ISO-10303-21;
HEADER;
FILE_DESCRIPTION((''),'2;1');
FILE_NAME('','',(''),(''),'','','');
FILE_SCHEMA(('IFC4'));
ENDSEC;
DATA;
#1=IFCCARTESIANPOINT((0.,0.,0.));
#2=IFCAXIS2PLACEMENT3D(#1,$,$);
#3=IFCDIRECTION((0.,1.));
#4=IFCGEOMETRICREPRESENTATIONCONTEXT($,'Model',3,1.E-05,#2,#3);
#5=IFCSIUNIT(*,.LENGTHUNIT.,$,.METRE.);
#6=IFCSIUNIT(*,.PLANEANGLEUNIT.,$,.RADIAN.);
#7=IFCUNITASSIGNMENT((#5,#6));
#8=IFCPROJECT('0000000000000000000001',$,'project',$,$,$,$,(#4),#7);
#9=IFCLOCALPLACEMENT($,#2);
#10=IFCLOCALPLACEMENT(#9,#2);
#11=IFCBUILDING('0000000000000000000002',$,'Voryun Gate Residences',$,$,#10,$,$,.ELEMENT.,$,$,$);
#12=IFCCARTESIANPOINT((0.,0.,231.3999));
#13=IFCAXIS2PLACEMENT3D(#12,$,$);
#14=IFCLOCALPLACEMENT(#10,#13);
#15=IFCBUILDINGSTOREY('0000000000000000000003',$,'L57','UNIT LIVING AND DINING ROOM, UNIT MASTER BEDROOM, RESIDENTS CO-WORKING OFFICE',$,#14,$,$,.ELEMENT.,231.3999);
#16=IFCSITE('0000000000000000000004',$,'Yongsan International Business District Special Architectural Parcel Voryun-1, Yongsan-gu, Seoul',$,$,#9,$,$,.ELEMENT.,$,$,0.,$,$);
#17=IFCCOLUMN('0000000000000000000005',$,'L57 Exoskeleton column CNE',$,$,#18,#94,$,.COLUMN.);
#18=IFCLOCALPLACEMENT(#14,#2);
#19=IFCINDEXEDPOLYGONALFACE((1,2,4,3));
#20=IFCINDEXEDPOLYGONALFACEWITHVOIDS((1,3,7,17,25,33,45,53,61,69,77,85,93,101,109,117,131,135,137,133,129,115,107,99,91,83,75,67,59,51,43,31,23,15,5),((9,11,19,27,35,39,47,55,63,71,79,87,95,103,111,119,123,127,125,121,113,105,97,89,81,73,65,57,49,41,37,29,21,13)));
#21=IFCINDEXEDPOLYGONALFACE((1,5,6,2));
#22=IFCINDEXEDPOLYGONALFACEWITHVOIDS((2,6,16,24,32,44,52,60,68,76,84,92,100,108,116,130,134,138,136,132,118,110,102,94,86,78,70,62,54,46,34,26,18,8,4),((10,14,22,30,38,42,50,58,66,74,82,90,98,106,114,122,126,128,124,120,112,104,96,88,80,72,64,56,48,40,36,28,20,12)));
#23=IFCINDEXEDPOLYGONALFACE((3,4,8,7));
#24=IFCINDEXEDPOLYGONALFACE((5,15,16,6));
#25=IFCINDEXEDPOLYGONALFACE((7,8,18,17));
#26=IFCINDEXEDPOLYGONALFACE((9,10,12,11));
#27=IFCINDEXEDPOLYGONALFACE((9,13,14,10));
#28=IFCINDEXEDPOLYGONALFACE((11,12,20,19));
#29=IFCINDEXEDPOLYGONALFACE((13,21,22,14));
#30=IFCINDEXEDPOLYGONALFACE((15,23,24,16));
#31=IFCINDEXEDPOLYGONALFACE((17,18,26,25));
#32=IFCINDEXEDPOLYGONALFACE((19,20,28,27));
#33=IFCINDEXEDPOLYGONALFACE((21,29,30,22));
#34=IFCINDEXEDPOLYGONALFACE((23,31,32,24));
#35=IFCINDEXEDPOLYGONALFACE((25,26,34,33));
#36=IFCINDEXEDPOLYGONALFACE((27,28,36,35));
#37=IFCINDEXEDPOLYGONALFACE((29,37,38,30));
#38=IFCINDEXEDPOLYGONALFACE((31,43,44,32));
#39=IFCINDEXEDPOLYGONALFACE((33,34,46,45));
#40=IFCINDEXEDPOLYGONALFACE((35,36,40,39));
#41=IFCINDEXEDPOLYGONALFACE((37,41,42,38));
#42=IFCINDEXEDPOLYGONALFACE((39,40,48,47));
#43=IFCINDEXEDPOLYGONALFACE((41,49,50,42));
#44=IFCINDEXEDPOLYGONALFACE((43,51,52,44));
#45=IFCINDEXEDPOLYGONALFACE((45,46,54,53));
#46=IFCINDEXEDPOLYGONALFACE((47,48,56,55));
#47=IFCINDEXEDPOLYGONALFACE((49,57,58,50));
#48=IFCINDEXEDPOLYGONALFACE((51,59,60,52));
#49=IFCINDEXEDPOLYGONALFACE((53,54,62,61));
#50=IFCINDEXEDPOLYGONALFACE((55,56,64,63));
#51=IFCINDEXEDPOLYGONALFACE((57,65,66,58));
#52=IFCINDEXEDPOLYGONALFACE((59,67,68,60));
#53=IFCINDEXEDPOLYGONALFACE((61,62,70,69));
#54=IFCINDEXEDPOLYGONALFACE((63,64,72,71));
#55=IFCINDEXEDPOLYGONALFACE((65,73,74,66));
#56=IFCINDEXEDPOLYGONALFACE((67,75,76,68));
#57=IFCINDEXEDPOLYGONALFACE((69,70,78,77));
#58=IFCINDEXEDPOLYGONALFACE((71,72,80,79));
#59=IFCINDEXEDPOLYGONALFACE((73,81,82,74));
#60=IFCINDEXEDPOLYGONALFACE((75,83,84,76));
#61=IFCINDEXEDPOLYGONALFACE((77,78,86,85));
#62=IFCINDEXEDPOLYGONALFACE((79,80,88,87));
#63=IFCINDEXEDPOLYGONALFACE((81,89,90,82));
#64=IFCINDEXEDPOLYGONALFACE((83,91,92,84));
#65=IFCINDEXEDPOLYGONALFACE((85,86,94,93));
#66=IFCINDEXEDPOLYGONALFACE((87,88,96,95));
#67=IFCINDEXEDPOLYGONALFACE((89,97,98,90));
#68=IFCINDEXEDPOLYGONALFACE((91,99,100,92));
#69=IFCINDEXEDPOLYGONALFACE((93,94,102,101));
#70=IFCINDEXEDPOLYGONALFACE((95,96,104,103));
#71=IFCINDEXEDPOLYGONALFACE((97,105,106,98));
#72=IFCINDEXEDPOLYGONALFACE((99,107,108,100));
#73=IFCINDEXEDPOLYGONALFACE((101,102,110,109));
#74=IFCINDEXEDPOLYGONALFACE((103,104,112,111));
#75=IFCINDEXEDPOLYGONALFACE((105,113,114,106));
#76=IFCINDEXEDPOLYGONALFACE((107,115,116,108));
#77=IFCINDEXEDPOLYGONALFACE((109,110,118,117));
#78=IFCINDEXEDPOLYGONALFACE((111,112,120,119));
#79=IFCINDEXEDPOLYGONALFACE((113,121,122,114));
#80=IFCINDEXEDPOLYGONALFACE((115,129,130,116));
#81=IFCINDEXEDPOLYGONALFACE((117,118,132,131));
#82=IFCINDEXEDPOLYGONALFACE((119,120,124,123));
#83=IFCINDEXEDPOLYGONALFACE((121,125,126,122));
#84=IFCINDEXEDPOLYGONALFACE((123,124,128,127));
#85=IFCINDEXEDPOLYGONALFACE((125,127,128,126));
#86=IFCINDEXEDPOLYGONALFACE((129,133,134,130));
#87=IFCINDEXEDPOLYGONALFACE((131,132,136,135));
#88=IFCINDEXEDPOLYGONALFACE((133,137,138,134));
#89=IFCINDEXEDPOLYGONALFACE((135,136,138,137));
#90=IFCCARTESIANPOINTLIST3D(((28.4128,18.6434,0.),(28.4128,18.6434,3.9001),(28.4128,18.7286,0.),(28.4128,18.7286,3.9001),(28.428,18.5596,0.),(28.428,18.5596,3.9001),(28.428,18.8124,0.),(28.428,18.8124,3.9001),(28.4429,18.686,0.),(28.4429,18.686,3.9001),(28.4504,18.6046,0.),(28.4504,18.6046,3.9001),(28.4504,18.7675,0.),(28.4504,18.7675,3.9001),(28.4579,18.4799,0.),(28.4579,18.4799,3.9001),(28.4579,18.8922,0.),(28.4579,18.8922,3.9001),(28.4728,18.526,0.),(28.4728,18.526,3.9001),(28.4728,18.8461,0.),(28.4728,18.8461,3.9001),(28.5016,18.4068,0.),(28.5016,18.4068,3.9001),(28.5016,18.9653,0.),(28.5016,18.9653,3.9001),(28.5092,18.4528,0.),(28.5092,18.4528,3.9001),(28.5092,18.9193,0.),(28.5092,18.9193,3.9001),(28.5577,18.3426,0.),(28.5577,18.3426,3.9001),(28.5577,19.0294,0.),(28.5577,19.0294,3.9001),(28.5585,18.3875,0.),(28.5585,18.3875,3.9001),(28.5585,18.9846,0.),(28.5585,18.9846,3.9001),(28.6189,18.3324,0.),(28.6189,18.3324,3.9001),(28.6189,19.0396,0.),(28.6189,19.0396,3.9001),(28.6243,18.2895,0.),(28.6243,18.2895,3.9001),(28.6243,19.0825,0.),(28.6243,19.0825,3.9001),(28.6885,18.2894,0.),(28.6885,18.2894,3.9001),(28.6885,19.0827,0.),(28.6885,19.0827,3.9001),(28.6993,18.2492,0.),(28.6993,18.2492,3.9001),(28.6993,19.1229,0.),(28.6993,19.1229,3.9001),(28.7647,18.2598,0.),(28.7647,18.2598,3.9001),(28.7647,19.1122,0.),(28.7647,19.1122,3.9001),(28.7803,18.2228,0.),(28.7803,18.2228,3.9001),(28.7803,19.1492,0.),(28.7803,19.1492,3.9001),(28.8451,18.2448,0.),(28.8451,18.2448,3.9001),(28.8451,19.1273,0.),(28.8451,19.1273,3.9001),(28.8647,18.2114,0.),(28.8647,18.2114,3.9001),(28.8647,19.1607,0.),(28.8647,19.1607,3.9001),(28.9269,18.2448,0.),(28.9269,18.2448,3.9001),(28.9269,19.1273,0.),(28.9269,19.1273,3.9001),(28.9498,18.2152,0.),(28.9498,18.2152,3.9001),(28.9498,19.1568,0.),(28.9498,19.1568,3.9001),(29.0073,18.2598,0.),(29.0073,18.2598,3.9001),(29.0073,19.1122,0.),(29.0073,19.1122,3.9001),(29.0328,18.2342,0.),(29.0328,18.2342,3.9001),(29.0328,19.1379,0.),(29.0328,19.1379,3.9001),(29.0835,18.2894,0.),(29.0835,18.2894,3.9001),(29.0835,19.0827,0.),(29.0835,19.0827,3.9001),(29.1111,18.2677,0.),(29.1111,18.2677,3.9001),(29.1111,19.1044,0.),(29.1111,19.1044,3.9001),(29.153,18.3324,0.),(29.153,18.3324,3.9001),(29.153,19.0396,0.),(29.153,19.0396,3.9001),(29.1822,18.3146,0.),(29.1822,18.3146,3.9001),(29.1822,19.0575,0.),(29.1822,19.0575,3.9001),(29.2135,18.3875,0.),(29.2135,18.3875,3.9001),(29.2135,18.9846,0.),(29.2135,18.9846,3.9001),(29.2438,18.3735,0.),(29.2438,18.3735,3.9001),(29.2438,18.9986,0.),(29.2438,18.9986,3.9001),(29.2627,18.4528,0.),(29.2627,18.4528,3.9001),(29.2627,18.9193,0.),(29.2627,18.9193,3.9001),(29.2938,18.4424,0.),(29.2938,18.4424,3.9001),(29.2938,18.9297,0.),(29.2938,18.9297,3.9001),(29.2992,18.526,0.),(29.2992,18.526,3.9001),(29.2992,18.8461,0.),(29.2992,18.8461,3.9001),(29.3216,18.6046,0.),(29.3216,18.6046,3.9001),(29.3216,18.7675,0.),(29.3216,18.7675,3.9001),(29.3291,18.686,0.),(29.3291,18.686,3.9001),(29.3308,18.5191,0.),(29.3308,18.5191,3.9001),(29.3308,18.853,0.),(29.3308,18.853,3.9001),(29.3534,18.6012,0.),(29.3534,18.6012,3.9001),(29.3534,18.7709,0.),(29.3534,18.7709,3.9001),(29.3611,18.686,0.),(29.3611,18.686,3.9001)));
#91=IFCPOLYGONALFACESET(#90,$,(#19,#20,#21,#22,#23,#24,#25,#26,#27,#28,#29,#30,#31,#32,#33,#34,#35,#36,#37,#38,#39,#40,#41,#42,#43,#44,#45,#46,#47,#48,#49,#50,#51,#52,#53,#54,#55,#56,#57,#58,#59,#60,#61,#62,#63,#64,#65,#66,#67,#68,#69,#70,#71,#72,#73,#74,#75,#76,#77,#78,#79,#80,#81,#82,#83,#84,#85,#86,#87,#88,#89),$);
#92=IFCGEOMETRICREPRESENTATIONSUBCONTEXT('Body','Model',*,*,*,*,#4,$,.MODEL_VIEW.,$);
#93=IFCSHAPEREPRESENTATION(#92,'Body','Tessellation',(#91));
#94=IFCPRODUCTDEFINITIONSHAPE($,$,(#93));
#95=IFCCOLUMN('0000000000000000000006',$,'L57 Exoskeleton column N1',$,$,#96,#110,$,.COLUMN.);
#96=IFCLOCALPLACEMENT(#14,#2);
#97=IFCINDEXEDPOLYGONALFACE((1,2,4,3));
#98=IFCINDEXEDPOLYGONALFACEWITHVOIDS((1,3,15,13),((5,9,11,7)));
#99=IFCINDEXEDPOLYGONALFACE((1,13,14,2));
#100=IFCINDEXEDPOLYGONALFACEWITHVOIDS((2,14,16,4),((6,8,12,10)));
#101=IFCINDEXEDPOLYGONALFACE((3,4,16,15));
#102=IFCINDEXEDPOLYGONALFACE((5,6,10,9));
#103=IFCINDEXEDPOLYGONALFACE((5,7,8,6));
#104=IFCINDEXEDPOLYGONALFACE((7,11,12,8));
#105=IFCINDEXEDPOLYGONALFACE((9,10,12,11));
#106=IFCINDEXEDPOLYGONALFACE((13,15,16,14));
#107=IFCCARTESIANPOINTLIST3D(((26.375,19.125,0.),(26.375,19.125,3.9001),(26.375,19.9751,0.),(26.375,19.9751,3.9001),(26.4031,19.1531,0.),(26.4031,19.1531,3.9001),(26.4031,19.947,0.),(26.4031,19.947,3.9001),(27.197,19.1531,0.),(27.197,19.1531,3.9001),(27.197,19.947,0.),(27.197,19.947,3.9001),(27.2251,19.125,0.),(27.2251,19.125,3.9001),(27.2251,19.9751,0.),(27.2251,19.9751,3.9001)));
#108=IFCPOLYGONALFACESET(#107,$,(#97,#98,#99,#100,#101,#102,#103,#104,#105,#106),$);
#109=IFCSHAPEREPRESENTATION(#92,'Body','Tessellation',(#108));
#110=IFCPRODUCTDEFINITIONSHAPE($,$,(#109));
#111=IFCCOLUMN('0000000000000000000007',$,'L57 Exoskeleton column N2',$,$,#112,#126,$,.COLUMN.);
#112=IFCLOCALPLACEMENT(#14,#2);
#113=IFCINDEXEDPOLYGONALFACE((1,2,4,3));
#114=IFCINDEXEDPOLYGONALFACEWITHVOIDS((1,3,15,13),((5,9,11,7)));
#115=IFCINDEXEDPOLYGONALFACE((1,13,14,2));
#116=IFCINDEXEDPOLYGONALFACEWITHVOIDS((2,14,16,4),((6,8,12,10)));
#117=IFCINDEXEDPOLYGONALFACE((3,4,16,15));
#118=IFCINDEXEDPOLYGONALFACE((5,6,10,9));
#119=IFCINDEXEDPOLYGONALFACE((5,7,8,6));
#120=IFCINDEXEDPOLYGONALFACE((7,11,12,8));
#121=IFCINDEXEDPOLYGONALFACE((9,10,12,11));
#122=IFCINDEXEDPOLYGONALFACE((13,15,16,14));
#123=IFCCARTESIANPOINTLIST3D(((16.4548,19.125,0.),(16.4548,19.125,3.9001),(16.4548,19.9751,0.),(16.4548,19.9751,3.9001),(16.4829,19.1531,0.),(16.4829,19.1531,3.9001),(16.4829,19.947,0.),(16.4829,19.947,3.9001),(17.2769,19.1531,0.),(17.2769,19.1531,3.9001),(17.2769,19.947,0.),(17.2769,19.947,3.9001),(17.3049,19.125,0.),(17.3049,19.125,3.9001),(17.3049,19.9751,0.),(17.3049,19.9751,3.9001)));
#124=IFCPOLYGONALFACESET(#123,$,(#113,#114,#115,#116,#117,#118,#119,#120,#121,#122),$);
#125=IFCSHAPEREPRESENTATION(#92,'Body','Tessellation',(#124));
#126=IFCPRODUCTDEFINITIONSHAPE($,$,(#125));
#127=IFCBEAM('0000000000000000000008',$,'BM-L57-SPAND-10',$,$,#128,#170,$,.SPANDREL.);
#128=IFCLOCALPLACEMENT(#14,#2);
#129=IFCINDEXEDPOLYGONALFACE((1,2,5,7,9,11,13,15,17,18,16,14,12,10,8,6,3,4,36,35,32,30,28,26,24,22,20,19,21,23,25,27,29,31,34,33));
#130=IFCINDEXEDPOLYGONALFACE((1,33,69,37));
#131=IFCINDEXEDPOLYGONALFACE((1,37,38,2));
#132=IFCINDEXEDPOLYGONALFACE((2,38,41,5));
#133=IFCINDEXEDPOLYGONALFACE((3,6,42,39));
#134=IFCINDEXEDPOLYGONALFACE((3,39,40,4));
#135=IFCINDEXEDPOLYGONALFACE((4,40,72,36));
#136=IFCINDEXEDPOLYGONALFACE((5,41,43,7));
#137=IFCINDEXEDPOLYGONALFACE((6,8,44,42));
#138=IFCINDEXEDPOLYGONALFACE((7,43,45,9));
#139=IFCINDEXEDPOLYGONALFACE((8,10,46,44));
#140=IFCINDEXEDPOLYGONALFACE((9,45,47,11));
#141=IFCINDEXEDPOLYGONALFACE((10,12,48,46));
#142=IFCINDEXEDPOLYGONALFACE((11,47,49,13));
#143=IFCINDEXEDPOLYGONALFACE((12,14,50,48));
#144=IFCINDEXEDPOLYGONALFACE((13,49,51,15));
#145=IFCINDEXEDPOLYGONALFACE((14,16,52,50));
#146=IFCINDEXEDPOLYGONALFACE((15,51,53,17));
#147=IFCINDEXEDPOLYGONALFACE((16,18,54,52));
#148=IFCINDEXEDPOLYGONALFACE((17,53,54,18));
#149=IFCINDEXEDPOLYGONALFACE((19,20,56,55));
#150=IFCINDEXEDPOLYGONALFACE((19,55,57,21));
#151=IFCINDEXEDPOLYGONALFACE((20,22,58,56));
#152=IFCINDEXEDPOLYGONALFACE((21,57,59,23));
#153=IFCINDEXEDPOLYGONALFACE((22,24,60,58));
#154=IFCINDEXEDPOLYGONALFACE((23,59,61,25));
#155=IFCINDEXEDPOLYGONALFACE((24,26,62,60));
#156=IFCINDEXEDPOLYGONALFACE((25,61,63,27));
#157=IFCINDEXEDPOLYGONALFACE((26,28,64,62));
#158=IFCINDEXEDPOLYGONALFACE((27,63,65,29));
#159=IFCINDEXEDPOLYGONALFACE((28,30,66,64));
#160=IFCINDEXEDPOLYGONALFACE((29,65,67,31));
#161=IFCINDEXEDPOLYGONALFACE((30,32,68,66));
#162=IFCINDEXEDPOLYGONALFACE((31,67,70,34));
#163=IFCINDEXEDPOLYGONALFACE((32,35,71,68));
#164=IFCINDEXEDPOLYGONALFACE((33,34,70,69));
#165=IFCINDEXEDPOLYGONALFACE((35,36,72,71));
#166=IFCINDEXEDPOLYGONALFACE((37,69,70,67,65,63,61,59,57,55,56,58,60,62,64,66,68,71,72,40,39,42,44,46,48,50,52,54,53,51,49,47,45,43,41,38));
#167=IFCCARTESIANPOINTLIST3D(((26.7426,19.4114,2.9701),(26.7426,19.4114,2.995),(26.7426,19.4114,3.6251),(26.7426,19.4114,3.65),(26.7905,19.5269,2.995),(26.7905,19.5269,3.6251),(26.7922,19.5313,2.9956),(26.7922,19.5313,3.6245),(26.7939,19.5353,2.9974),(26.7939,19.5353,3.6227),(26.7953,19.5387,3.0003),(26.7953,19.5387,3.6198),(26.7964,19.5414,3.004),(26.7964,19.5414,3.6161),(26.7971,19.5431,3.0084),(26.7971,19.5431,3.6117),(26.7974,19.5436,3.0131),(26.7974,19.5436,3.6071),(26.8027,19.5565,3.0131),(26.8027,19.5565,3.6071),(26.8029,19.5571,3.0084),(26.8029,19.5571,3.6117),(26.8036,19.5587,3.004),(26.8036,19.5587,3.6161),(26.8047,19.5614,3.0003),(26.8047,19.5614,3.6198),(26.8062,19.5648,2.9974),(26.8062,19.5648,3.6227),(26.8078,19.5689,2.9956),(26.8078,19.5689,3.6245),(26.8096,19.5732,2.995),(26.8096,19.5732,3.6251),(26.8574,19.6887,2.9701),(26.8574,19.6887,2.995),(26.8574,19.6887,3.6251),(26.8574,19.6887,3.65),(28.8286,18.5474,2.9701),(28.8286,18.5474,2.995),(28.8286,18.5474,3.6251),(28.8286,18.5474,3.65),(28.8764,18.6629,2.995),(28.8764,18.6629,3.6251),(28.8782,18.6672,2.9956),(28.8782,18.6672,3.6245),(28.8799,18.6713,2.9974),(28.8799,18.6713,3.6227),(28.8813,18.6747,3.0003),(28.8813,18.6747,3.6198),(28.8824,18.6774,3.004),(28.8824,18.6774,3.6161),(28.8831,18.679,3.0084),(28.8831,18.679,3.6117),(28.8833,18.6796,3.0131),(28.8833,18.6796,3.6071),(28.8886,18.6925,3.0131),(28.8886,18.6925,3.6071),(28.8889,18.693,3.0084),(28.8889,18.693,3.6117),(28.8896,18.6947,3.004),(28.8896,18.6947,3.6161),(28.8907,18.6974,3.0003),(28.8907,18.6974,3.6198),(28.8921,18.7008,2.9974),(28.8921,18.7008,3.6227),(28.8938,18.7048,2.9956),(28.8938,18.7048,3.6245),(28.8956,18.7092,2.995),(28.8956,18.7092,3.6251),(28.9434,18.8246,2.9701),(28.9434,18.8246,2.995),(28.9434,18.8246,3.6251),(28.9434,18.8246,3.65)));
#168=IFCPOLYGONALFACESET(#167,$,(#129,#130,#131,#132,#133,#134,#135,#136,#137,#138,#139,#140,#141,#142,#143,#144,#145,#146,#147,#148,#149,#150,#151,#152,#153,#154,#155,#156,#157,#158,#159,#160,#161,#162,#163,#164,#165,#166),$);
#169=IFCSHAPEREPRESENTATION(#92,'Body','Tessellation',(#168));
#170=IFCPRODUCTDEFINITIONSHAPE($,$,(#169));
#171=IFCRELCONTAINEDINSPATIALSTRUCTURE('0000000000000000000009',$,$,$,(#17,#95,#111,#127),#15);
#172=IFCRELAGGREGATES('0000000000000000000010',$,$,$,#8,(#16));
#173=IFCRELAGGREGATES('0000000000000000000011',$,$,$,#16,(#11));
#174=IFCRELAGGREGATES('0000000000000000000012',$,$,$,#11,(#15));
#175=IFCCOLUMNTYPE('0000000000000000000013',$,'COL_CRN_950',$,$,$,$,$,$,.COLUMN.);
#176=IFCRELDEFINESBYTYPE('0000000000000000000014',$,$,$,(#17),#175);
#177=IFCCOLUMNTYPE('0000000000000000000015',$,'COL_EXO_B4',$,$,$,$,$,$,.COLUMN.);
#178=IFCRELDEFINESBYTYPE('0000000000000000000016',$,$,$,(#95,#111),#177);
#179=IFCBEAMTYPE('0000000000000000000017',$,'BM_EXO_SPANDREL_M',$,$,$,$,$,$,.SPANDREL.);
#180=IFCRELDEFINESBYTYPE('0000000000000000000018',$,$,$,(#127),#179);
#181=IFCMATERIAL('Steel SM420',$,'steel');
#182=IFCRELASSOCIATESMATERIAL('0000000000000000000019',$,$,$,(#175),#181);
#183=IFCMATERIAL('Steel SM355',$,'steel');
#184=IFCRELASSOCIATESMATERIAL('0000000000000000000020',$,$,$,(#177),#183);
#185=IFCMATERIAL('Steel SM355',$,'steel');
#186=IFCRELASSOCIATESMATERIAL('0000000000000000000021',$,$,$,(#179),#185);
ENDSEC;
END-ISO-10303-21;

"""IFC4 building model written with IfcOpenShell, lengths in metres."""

from ifc_helpers import new_model, si_unit, direction, frame, origin, origin_2d, place, context, subcontext, project, spatial, hollow_rectangle, hollow_circle, i_section, extrude, material, material_profile, profile_set, type_object, element, save


model = new_model("IFC4")

# Units and contexts
model_context = context("Model", 3, precision=1e-05, world=origin(), true_north=direction((0.0, 1.0)))
body_context = subcontext(model_context, "Body", "Model", "MODEL_VIEW")
ifc_project = project(units=[si_unit("LENGTHUNIT", "METRE"), si_unit("PLANEANGLEUNIT", "RADIAN")], contexts=[model_context])

# Site, building, storey
site_placement = place(None, origin())
site = spatial("IfcSite", under=ifc_project, at=site_placement, Name="Yongsan International Business District Special Architectural Parcel Voryun-1, Yongsan-gu, Seoul", CompositionType="ELEMENT", RefElevation=0.0)
building_placement = place(site_placement, origin())
building = spatial("IfcBuilding", under=site, at=building_placement, Name="Voryun Gate Residences", CompositionType="ELEMENT")
storey_placement = place(building_placement, frame((0.0, 0.0, 231.3999)))
storey = spatial("IfcBuildingStorey", under=building, at=storey_placement, Name="L57", Description="UNIT LIVING AND DINING ROOM, UNIT MASTER BEDROOM, RESIDENTS CO-WORKING OFFICE", CompositionType="ELEMENT", Elevation=231.3999)

# Columns
ifc_material_1 = material(Name="Steel SM420", Category="steel")
ifc_material_profile_1 = material_profile(ifc_material_1, hollow_circle(Radius=0.4751, WallThickness=0.032, at=origin_2d()), Name="CHS-950x32")
ifc_profile_set_1 = profile_set([ifc_material_profile_1], Name="Steel SM420")
column_type_1 = type_object("IfcColumnType", Name="COL_CRN_950", PredefinedType="COLUMN", material=ifc_profile_set_1)
column_placement = place(storey_placement, frame((28.886, 18.686, 0.0), z_axis=(0.0, 0.0, 1.0), x_axis=(1.0, 0.0, 0.0)))
element("IfcColumn", 1, at=column_placement, inside=storey, type_object=column_type_1, Name="L57 Exoskeleton column CNE", PredefinedType="COLUMN", context=body_context, shape_type="SweptSolid", body=[
    extrude(hollow_circle(Radius=0.4751, WallThickness=0.032, at=origin_2d()), origin(), (0.0, 0.0, 1.0), 3.9001),
])
ifc_material_2 = material(Name="Steel SM355", Category="steel")
ifc_material_profile_2 = material_profile(ifc_material_2, hollow_rectangle(XDim=0.8501, YDim=0.8501, WallThickness=0.0281, at=origin_2d()), Name="BOX-850x850x28")
ifc_profile_set_2 = profile_set([ifc_material_profile_2], Name="Steel SM355")
column_type_2 = type_object("IfcColumnType", Name="COL_EXO_B4", PredefinedType="COLUMN", material=ifc_profile_set_2)
for number, where, z_axis, x_axis, name in (
    (2, (26.8, 19.55, 0.0), (0.0, 0.0, 1.0), (1.0, 0.0, 0.0), "L57 Exoskeleton column N1"),
    (3, (16.8799, 19.55, 0.0), (0.0, 0.0, 1.0), (1.0, 0.0, 0.0), "L57 Exoskeleton column N2"),
):
    element("IfcColumn", number, at=place(storey_placement, frame(where, z_axis=z_axis, x_axis=x_axis)), inside=storey, type_object=column_type_2, Name=name, PredefinedType="COLUMN", context=body_context, shape_type="SweptSolid", body=[
        extrude(hollow_rectangle(XDim=0.8501, YDim=0.8501, WallThickness=0.0281, at=origin_2d()), origin(), (0.0, 0.0, 1.0), 3.9001),
    ])

# Beam
ifc_material_3 = material(Name="Steel SM355", Category="steel")
ifc_material_profile_3 = material_profile(ifc_material_3, i_section(OverallWidth=0.3, OverallDepth=0.6799, WebThickness=0.0139, FlangeThickness=0.0249, FilletRadius=0.0181, at=origin_2d()), Name="H-680x300x14x25")
ifc_profile_set_3 = profile_set([ifc_material_profile_3], Name="Steel SM355")
beam_type = type_object("IfcBeamType", Name="BM_EXO_SPANDREL_M", PredefinedType="SPANDREL", material=ifc_profile_set_3)
beam_1_placement = place(storey_placement, frame((28.886, 18.686, 3.3101), z_axis=(-0.923881, 0.38268, 0.0), x_axis=(-0.38268, -0.923881, 0.0)))
element("IfcBeam", 4, at=beam_1_placement, inside=storey, type_object=beam_type, Name="BM-L57-SPAND-10", PredefinedType="SPANDREL", context=body_context, shape_type="SweptSolid", body=[
    extrude(i_section(OverallWidth=0.3, OverallDepth=0.6799, WebThickness=0.0139, FlangeThickness=0.0249, FilletRadius=0.0181, at=origin_2d()), origin(), (0.0, 0.0, 1.0), 2.2578),
])

save(model, "model.ifc")
